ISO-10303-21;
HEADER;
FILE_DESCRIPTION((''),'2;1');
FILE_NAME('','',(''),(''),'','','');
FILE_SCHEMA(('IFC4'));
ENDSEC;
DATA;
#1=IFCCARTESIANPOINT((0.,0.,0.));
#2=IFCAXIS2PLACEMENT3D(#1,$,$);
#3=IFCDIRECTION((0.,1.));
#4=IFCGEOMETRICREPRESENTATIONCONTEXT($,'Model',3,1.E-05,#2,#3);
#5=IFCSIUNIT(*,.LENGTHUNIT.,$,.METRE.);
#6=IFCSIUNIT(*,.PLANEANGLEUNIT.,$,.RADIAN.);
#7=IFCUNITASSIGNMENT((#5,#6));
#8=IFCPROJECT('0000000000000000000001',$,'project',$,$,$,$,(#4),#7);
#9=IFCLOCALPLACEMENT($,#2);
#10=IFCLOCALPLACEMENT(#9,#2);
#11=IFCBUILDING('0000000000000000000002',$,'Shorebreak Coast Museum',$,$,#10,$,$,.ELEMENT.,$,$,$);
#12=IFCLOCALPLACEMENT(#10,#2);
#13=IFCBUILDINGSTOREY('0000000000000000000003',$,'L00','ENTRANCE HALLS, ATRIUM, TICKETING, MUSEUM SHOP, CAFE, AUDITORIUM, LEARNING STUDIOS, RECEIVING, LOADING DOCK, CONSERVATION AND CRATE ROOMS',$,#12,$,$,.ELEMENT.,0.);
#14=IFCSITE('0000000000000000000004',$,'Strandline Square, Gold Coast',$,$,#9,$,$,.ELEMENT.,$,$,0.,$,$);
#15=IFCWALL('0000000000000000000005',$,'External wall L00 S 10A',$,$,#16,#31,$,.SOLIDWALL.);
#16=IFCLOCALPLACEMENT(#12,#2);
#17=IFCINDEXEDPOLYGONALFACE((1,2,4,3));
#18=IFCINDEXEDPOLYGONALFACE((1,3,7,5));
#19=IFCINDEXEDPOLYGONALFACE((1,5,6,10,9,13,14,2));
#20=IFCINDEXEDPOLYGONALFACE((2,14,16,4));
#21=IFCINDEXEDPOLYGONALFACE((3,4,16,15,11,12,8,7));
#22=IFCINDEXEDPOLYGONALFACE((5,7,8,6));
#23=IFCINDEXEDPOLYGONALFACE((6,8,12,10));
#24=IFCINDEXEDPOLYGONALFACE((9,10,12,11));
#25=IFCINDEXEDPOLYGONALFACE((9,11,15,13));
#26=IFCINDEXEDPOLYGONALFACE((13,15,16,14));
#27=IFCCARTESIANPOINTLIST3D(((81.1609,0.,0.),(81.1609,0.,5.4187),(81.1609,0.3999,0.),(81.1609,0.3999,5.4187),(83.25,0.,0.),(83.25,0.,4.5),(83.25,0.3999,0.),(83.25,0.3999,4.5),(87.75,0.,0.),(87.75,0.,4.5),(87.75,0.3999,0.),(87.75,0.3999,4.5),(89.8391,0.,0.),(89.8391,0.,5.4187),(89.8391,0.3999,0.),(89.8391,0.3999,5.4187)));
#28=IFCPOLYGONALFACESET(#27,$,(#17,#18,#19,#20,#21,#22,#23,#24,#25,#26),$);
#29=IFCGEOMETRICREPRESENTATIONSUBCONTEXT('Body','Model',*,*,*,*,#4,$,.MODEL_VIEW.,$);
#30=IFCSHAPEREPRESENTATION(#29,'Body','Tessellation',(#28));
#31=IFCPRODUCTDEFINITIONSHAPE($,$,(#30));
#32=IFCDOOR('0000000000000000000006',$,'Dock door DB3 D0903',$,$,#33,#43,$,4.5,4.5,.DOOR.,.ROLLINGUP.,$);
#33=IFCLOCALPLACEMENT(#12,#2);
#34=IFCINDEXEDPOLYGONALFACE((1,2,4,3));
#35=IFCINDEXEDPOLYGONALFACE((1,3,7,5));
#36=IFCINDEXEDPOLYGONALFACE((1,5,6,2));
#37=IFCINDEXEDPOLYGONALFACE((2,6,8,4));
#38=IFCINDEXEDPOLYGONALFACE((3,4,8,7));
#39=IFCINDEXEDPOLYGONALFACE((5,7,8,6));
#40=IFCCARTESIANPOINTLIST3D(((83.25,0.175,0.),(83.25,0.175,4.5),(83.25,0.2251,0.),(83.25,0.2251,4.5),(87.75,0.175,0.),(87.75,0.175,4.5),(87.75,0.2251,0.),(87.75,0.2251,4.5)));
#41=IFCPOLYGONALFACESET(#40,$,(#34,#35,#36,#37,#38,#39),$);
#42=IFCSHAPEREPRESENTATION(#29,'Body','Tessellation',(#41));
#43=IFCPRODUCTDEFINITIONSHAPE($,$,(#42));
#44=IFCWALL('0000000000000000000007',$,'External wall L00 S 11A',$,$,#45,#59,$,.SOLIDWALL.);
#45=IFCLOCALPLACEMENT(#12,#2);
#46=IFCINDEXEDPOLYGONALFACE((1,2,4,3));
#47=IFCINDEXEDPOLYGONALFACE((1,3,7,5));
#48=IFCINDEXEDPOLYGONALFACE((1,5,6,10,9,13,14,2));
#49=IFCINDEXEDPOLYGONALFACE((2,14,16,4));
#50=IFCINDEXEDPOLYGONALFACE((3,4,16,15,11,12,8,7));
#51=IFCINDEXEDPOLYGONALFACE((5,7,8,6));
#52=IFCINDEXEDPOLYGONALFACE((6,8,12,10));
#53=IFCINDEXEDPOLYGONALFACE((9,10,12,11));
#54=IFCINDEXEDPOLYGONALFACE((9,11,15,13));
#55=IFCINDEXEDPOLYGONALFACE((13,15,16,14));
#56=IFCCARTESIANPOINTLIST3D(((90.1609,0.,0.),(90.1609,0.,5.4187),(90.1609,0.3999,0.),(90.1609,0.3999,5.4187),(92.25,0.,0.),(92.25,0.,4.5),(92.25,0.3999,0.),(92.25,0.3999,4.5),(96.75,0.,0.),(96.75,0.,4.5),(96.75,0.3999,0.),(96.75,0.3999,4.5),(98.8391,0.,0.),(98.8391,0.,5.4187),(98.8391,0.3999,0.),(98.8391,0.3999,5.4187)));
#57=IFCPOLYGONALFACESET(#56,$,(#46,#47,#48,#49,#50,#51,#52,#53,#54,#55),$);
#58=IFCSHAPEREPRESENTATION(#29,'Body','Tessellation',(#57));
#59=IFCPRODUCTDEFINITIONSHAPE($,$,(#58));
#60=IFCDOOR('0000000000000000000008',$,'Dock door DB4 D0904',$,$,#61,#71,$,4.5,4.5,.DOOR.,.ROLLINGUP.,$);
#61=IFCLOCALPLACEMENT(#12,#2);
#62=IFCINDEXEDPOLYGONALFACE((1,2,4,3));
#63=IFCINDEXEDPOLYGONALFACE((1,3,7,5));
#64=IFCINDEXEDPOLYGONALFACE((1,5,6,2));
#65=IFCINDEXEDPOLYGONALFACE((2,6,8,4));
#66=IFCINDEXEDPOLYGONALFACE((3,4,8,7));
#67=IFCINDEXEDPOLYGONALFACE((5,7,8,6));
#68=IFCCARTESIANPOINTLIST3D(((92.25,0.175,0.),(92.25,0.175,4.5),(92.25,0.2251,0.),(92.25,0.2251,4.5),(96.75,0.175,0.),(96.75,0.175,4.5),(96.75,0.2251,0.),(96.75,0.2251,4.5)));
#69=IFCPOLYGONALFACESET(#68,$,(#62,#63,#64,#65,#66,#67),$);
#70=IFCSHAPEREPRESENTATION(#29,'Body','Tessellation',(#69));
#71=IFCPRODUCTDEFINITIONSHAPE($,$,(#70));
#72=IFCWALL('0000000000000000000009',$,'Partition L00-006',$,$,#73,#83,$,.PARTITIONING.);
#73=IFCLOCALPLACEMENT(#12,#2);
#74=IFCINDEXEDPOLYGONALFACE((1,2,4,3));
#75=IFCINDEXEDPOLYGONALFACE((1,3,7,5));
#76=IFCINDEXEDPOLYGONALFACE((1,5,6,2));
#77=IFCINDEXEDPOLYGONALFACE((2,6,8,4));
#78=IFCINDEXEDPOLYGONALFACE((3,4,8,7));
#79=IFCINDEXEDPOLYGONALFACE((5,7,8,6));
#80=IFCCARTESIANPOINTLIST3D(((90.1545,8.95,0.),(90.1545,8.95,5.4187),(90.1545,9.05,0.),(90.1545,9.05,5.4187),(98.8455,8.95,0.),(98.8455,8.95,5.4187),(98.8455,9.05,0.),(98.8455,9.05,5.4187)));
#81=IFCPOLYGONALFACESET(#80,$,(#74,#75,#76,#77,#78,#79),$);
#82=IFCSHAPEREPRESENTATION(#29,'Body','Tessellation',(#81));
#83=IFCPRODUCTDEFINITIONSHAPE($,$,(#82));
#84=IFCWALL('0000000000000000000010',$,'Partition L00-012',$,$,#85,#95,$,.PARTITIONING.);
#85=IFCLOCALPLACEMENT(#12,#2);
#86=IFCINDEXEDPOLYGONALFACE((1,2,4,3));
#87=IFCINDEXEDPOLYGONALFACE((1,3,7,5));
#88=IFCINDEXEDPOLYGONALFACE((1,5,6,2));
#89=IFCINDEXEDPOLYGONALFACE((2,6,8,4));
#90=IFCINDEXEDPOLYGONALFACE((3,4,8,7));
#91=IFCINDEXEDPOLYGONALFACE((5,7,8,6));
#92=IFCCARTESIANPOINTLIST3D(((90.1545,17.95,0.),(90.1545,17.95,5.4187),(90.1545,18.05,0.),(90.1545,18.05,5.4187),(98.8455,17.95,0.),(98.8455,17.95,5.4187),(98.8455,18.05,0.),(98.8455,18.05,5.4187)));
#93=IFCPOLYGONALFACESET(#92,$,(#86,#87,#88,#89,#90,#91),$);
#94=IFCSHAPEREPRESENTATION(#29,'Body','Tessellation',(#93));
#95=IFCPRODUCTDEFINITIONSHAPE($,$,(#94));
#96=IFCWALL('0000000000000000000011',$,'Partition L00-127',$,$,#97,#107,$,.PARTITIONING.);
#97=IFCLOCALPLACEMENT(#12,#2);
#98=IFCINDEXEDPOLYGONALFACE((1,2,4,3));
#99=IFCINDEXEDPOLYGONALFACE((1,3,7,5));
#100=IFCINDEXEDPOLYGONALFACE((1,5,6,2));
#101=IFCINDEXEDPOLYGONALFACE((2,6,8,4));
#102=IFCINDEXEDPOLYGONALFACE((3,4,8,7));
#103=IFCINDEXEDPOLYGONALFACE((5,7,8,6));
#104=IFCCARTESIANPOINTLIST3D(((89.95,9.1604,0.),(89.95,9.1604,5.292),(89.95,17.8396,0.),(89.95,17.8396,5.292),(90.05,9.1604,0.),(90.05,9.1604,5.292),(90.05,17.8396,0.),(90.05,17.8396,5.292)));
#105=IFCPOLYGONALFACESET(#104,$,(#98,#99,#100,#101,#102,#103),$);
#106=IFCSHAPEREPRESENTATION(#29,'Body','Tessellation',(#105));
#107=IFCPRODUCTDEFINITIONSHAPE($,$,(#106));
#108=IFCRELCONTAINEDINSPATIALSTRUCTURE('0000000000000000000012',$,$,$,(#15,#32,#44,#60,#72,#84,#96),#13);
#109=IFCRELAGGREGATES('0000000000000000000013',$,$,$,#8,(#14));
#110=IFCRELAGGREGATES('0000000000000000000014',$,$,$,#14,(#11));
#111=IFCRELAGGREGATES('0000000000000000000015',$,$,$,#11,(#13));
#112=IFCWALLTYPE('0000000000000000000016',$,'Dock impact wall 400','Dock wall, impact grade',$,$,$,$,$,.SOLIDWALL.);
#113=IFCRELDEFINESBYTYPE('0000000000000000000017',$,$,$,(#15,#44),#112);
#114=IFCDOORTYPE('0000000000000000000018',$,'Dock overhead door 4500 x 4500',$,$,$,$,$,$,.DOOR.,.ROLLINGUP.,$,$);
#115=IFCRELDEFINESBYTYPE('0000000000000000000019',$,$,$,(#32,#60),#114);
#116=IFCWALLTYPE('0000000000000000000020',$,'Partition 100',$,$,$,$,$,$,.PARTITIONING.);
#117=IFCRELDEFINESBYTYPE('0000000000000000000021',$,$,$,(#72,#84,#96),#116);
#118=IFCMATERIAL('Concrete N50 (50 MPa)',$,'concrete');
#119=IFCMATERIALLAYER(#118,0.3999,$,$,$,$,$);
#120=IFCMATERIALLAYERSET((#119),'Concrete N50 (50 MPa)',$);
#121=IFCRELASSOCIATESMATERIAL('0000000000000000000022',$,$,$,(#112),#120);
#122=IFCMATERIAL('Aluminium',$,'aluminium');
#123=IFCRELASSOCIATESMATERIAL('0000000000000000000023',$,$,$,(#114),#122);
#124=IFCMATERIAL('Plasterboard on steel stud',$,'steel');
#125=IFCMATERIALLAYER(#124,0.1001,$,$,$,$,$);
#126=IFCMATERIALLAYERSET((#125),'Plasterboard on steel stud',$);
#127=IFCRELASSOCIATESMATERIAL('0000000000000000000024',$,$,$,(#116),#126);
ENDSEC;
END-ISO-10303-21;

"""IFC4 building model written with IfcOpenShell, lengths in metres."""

from ifc_helpers import new_model, si_unit, direction, frame, frame_2d, origin, place, context, subcontext, project, spatial, rectangle, extrude, material, layer, layer_set, type_object, element, fill, save


model = new_model("IFC4")

# Units and contexts
model_context = context("Model", 3, precision=1e-05, world=origin(), true_north=direction((0.0, 1.0)))
body_context = subcontext(model_context, "Body", "Model", "MODEL_VIEW")
ifc_project = project(units=[si_unit("LENGTHUNIT", "METRE"), si_unit("PLANEANGLEUNIT", "RADIAN")], contexts=[model_context])

# Site, building, storey
site_placement = place(None, origin())
site = spatial("IfcSite", under=ifc_project, at=site_placement, Name="Strandline Square, Gold Coast", CompositionType="ELEMENT", RefElevation=0.0)
building_placement = place(site_placement, origin())
building = spatial("IfcBuilding", under=site, at=building_placement, Name="Shorebreak Coast Museum", CompositionType="ELEMENT")
storey_placement = place(building_placement, origin())
storey = spatial("IfcBuildingStorey", under=building, at=storey_placement, Name="L00", Description="ENTRANCE HALLS, ATRIUM, TICKETING, MUSEUM SHOP, CAFE, AUDITORIUM, LEARNING STUDIOS, RECEIVING, LOADING DOCK, CONSERVATION AND CRATE ROOMS", CompositionType="ELEMENT", Elevation=0.0)

# Walls, openings, doors
ifc_material_1 = material(Name="Concrete N50 (50 MPa)", Category="concrete")
ifc_layer_1 = layer(ifc_material_1, 0.3999)
ifc_layer_set_1 = layer_set([ifc_layer_1], Name="Concrete N50 (50 MPa)")
wall_type_1 = type_object("IfcWallType", Name="Dock impact wall 400", Description="Dock wall, impact grade", PredefinedType="SOLIDWALL", material=ifc_layer_set_1)
wall_1_placement = place(storey_placement, frame((81.1609, 0.2, 0.0), z_axis=(0.0, 0.0, 1.0), x_axis=(1.0, 0.0, 0.0)))
wall_1 = element("IfcWall", 1, at=wall_1_placement, inside=storey, type_object=wall_type_1, Name="External wall L00 S 10A", PredefinedType="SOLIDWALL", context=body_context, shape_type="SweptSolid", body=[
    extrude(rectangle(XDim=8.6782, YDim=0.3999, at=frame_2d((4.3391, 0.0))), origin(), (0.0, 0.0, 1.0), 5.4187),
])
opening_1_placement = place(wall_1_placement, frame((2.0891, 0.0, 0.0)))
opening_1 = element("IfcOpeningElement", 2, at=opening_1_placement, cuts=wall_1, PredefinedType="OPENING", context=body_context, shape_type="SweptSolid", body=[
    extrude(rectangle(XDim=4.5, YDim=4.5, at=frame_2d((2.25, 2.25))), frame((0.0, 0.21, 0.0), z_axis=(0.0, -1.0, 0.0), x_axis=(1.0, 0.0, 0.0)), (0.0, 0.0, 1.0), 0.4199),
])
ifc_material_2 = material(Name="Aluminium", Category="aluminium")
door_type = type_object("IfcDoorType", Name="Dock overhead door 4500 x 4500", OperationType="ROLLINGUP", PredefinedType="DOOR", material=ifc_material_2)
door_1_placement = place(opening_1_placement, frame((4.5, 0.0, 0.0), z_axis=(0.0, 0.0, 1.0), x_axis=(-1.0, 0.0, 0.0)))
door_1 = element("IfcDoor", 3, at=door_1_placement, inside=storey, type_object=door_type, Name="Dock door DB3 D0903", OperationType="ROLLINGUP", OverallHeight=4.5, OverallWidth=4.5, PredefinedType="DOOR", context=body_context, shape_type="SweptSolid", body=[
    extrude(rectangle(XDim=4.5, YDim=4.5, at=frame_2d((2.25, 2.25))), frame((0.0, 0.0249, 0.0), z_axis=(0.0, -1.0, 0.0), x_axis=(1.0, 0.0, 0.0)), (0.0, 0.0, 1.0), 0.05),
])
fill(opening_1, door_1)
wall_2_placement = place(storey_placement, frame((90.1609, 0.2, 0.0), z_axis=(0.0, 0.0, 1.0), x_axis=(1.0, 0.0, 0.0)))
wall_2 = element("IfcWall", 4, at=wall_2_placement, inside=storey, type_object=wall_type_1, Name="External wall L00 S 11A", PredefinedType="SOLIDWALL", context=body_context, shape_type="SweptSolid", body=[
    extrude(rectangle(XDim=8.6782, YDim=0.3999, at=frame_2d((4.3391, 0.0))), origin(), (0.0, 0.0, 1.0), 5.4187),
])
opening_2_placement = place(wall_2_placement, frame((2.0891, 0.0, 0.0)))
opening_2 = element("IfcOpeningElement", 5, at=opening_2_placement, cuts=wall_2, PredefinedType="OPENING", context=body_context, shape_type="SweptSolid", body=[
    extrude(rectangle(XDim=4.5, YDim=4.5, at=frame_2d((2.25, 2.25))), frame((0.0, 0.21, 0.0), z_axis=(0.0, -1.0, 0.0), x_axis=(1.0, 0.0, 0.0)), (0.0, 0.0, 1.0), 0.4199),
])
door_2_placement = place(opening_2_placement, frame((4.5, 0.0, 0.0), z_axis=(0.0, 0.0, 1.0), x_axis=(-1.0, 0.0, 0.0)))
door_2 = element("IfcDoor", 6, at=door_2_placement, inside=storey, type_object=door_type, Name="Dock door DB4 D0904", OperationType="ROLLINGUP", OverallHeight=4.5, OverallWidth=4.5, PredefinedType="DOOR", context=body_context, shape_type="SweptSolid", body=[
    extrude(rectangle(XDim=4.5, YDim=4.5, at=frame_2d((2.25, 2.25))), frame((0.0, 0.0249, 0.0), z_axis=(0.0, -1.0, 0.0), x_axis=(1.0, 0.0, 0.0)), (0.0, 0.0, 1.0), 0.05),
])
fill(opening_2, door_2)

# Walls
ifc_material_3 = material(Name="Plasterboard on steel stud", Category="steel")
ifc_layer_2 = layer(ifc_material_3, 0.1001)
ifc_layer_set_2 = layer_set([ifc_layer_2], Name="Plasterboard on steel stud")
wall_type_2 = type_object("IfcWallType", Name="Partition 100", PredefinedType="PARTITIONING", material=ifc_layer_set_2)
for number, where, z_axis, x_axis, name in (
    (7, (90.1545, 9.0, 0.0), (0.0, 0.0, 1.0), (1.0, 0.0, 0.0), "Partition L00-006"),
    (8, (90.1545, 18.0, 0.0), (0.0, 0.0, 1.0), (1.0, 0.0, 0.0), "Partition L00-012"),
):
    element("IfcWall", number, at=place(storey_placement, frame(where, z_axis=z_axis, x_axis=x_axis)), inside=storey, type_object=wall_type_2, Name=name, PredefinedType="PARTITIONING", context=body_context, shape_type="SweptSolid", body=[
        extrude(rectangle(XDim=8.6909, YDim=0.1001, at=frame_2d((4.3455, 0.0))), origin(), (0.0, 0.0, 1.0), 5.4187),
    ])
wall_3_placement = place(storey_placement, frame((90.0, 9.1604, 0.0), z_axis=(0.0, 0.0, 1.0), x_axis=(0.0, 1.0, 0.0)))
element("IfcWall", 9, at=wall_3_placement, inside=storey, type_object=wall_type_2, Name="Partition L00-127", PredefinedType="PARTITIONING", context=body_context, shape_type="SweptSolid", body=[
    extrude(rectangle(XDim=8.6792, YDim=0.1001, at=frame_2d((4.3396, 0.0))), origin(), (0.0, 0.0, 1.0), 5.292),
])

save(model, "model.ifc")
